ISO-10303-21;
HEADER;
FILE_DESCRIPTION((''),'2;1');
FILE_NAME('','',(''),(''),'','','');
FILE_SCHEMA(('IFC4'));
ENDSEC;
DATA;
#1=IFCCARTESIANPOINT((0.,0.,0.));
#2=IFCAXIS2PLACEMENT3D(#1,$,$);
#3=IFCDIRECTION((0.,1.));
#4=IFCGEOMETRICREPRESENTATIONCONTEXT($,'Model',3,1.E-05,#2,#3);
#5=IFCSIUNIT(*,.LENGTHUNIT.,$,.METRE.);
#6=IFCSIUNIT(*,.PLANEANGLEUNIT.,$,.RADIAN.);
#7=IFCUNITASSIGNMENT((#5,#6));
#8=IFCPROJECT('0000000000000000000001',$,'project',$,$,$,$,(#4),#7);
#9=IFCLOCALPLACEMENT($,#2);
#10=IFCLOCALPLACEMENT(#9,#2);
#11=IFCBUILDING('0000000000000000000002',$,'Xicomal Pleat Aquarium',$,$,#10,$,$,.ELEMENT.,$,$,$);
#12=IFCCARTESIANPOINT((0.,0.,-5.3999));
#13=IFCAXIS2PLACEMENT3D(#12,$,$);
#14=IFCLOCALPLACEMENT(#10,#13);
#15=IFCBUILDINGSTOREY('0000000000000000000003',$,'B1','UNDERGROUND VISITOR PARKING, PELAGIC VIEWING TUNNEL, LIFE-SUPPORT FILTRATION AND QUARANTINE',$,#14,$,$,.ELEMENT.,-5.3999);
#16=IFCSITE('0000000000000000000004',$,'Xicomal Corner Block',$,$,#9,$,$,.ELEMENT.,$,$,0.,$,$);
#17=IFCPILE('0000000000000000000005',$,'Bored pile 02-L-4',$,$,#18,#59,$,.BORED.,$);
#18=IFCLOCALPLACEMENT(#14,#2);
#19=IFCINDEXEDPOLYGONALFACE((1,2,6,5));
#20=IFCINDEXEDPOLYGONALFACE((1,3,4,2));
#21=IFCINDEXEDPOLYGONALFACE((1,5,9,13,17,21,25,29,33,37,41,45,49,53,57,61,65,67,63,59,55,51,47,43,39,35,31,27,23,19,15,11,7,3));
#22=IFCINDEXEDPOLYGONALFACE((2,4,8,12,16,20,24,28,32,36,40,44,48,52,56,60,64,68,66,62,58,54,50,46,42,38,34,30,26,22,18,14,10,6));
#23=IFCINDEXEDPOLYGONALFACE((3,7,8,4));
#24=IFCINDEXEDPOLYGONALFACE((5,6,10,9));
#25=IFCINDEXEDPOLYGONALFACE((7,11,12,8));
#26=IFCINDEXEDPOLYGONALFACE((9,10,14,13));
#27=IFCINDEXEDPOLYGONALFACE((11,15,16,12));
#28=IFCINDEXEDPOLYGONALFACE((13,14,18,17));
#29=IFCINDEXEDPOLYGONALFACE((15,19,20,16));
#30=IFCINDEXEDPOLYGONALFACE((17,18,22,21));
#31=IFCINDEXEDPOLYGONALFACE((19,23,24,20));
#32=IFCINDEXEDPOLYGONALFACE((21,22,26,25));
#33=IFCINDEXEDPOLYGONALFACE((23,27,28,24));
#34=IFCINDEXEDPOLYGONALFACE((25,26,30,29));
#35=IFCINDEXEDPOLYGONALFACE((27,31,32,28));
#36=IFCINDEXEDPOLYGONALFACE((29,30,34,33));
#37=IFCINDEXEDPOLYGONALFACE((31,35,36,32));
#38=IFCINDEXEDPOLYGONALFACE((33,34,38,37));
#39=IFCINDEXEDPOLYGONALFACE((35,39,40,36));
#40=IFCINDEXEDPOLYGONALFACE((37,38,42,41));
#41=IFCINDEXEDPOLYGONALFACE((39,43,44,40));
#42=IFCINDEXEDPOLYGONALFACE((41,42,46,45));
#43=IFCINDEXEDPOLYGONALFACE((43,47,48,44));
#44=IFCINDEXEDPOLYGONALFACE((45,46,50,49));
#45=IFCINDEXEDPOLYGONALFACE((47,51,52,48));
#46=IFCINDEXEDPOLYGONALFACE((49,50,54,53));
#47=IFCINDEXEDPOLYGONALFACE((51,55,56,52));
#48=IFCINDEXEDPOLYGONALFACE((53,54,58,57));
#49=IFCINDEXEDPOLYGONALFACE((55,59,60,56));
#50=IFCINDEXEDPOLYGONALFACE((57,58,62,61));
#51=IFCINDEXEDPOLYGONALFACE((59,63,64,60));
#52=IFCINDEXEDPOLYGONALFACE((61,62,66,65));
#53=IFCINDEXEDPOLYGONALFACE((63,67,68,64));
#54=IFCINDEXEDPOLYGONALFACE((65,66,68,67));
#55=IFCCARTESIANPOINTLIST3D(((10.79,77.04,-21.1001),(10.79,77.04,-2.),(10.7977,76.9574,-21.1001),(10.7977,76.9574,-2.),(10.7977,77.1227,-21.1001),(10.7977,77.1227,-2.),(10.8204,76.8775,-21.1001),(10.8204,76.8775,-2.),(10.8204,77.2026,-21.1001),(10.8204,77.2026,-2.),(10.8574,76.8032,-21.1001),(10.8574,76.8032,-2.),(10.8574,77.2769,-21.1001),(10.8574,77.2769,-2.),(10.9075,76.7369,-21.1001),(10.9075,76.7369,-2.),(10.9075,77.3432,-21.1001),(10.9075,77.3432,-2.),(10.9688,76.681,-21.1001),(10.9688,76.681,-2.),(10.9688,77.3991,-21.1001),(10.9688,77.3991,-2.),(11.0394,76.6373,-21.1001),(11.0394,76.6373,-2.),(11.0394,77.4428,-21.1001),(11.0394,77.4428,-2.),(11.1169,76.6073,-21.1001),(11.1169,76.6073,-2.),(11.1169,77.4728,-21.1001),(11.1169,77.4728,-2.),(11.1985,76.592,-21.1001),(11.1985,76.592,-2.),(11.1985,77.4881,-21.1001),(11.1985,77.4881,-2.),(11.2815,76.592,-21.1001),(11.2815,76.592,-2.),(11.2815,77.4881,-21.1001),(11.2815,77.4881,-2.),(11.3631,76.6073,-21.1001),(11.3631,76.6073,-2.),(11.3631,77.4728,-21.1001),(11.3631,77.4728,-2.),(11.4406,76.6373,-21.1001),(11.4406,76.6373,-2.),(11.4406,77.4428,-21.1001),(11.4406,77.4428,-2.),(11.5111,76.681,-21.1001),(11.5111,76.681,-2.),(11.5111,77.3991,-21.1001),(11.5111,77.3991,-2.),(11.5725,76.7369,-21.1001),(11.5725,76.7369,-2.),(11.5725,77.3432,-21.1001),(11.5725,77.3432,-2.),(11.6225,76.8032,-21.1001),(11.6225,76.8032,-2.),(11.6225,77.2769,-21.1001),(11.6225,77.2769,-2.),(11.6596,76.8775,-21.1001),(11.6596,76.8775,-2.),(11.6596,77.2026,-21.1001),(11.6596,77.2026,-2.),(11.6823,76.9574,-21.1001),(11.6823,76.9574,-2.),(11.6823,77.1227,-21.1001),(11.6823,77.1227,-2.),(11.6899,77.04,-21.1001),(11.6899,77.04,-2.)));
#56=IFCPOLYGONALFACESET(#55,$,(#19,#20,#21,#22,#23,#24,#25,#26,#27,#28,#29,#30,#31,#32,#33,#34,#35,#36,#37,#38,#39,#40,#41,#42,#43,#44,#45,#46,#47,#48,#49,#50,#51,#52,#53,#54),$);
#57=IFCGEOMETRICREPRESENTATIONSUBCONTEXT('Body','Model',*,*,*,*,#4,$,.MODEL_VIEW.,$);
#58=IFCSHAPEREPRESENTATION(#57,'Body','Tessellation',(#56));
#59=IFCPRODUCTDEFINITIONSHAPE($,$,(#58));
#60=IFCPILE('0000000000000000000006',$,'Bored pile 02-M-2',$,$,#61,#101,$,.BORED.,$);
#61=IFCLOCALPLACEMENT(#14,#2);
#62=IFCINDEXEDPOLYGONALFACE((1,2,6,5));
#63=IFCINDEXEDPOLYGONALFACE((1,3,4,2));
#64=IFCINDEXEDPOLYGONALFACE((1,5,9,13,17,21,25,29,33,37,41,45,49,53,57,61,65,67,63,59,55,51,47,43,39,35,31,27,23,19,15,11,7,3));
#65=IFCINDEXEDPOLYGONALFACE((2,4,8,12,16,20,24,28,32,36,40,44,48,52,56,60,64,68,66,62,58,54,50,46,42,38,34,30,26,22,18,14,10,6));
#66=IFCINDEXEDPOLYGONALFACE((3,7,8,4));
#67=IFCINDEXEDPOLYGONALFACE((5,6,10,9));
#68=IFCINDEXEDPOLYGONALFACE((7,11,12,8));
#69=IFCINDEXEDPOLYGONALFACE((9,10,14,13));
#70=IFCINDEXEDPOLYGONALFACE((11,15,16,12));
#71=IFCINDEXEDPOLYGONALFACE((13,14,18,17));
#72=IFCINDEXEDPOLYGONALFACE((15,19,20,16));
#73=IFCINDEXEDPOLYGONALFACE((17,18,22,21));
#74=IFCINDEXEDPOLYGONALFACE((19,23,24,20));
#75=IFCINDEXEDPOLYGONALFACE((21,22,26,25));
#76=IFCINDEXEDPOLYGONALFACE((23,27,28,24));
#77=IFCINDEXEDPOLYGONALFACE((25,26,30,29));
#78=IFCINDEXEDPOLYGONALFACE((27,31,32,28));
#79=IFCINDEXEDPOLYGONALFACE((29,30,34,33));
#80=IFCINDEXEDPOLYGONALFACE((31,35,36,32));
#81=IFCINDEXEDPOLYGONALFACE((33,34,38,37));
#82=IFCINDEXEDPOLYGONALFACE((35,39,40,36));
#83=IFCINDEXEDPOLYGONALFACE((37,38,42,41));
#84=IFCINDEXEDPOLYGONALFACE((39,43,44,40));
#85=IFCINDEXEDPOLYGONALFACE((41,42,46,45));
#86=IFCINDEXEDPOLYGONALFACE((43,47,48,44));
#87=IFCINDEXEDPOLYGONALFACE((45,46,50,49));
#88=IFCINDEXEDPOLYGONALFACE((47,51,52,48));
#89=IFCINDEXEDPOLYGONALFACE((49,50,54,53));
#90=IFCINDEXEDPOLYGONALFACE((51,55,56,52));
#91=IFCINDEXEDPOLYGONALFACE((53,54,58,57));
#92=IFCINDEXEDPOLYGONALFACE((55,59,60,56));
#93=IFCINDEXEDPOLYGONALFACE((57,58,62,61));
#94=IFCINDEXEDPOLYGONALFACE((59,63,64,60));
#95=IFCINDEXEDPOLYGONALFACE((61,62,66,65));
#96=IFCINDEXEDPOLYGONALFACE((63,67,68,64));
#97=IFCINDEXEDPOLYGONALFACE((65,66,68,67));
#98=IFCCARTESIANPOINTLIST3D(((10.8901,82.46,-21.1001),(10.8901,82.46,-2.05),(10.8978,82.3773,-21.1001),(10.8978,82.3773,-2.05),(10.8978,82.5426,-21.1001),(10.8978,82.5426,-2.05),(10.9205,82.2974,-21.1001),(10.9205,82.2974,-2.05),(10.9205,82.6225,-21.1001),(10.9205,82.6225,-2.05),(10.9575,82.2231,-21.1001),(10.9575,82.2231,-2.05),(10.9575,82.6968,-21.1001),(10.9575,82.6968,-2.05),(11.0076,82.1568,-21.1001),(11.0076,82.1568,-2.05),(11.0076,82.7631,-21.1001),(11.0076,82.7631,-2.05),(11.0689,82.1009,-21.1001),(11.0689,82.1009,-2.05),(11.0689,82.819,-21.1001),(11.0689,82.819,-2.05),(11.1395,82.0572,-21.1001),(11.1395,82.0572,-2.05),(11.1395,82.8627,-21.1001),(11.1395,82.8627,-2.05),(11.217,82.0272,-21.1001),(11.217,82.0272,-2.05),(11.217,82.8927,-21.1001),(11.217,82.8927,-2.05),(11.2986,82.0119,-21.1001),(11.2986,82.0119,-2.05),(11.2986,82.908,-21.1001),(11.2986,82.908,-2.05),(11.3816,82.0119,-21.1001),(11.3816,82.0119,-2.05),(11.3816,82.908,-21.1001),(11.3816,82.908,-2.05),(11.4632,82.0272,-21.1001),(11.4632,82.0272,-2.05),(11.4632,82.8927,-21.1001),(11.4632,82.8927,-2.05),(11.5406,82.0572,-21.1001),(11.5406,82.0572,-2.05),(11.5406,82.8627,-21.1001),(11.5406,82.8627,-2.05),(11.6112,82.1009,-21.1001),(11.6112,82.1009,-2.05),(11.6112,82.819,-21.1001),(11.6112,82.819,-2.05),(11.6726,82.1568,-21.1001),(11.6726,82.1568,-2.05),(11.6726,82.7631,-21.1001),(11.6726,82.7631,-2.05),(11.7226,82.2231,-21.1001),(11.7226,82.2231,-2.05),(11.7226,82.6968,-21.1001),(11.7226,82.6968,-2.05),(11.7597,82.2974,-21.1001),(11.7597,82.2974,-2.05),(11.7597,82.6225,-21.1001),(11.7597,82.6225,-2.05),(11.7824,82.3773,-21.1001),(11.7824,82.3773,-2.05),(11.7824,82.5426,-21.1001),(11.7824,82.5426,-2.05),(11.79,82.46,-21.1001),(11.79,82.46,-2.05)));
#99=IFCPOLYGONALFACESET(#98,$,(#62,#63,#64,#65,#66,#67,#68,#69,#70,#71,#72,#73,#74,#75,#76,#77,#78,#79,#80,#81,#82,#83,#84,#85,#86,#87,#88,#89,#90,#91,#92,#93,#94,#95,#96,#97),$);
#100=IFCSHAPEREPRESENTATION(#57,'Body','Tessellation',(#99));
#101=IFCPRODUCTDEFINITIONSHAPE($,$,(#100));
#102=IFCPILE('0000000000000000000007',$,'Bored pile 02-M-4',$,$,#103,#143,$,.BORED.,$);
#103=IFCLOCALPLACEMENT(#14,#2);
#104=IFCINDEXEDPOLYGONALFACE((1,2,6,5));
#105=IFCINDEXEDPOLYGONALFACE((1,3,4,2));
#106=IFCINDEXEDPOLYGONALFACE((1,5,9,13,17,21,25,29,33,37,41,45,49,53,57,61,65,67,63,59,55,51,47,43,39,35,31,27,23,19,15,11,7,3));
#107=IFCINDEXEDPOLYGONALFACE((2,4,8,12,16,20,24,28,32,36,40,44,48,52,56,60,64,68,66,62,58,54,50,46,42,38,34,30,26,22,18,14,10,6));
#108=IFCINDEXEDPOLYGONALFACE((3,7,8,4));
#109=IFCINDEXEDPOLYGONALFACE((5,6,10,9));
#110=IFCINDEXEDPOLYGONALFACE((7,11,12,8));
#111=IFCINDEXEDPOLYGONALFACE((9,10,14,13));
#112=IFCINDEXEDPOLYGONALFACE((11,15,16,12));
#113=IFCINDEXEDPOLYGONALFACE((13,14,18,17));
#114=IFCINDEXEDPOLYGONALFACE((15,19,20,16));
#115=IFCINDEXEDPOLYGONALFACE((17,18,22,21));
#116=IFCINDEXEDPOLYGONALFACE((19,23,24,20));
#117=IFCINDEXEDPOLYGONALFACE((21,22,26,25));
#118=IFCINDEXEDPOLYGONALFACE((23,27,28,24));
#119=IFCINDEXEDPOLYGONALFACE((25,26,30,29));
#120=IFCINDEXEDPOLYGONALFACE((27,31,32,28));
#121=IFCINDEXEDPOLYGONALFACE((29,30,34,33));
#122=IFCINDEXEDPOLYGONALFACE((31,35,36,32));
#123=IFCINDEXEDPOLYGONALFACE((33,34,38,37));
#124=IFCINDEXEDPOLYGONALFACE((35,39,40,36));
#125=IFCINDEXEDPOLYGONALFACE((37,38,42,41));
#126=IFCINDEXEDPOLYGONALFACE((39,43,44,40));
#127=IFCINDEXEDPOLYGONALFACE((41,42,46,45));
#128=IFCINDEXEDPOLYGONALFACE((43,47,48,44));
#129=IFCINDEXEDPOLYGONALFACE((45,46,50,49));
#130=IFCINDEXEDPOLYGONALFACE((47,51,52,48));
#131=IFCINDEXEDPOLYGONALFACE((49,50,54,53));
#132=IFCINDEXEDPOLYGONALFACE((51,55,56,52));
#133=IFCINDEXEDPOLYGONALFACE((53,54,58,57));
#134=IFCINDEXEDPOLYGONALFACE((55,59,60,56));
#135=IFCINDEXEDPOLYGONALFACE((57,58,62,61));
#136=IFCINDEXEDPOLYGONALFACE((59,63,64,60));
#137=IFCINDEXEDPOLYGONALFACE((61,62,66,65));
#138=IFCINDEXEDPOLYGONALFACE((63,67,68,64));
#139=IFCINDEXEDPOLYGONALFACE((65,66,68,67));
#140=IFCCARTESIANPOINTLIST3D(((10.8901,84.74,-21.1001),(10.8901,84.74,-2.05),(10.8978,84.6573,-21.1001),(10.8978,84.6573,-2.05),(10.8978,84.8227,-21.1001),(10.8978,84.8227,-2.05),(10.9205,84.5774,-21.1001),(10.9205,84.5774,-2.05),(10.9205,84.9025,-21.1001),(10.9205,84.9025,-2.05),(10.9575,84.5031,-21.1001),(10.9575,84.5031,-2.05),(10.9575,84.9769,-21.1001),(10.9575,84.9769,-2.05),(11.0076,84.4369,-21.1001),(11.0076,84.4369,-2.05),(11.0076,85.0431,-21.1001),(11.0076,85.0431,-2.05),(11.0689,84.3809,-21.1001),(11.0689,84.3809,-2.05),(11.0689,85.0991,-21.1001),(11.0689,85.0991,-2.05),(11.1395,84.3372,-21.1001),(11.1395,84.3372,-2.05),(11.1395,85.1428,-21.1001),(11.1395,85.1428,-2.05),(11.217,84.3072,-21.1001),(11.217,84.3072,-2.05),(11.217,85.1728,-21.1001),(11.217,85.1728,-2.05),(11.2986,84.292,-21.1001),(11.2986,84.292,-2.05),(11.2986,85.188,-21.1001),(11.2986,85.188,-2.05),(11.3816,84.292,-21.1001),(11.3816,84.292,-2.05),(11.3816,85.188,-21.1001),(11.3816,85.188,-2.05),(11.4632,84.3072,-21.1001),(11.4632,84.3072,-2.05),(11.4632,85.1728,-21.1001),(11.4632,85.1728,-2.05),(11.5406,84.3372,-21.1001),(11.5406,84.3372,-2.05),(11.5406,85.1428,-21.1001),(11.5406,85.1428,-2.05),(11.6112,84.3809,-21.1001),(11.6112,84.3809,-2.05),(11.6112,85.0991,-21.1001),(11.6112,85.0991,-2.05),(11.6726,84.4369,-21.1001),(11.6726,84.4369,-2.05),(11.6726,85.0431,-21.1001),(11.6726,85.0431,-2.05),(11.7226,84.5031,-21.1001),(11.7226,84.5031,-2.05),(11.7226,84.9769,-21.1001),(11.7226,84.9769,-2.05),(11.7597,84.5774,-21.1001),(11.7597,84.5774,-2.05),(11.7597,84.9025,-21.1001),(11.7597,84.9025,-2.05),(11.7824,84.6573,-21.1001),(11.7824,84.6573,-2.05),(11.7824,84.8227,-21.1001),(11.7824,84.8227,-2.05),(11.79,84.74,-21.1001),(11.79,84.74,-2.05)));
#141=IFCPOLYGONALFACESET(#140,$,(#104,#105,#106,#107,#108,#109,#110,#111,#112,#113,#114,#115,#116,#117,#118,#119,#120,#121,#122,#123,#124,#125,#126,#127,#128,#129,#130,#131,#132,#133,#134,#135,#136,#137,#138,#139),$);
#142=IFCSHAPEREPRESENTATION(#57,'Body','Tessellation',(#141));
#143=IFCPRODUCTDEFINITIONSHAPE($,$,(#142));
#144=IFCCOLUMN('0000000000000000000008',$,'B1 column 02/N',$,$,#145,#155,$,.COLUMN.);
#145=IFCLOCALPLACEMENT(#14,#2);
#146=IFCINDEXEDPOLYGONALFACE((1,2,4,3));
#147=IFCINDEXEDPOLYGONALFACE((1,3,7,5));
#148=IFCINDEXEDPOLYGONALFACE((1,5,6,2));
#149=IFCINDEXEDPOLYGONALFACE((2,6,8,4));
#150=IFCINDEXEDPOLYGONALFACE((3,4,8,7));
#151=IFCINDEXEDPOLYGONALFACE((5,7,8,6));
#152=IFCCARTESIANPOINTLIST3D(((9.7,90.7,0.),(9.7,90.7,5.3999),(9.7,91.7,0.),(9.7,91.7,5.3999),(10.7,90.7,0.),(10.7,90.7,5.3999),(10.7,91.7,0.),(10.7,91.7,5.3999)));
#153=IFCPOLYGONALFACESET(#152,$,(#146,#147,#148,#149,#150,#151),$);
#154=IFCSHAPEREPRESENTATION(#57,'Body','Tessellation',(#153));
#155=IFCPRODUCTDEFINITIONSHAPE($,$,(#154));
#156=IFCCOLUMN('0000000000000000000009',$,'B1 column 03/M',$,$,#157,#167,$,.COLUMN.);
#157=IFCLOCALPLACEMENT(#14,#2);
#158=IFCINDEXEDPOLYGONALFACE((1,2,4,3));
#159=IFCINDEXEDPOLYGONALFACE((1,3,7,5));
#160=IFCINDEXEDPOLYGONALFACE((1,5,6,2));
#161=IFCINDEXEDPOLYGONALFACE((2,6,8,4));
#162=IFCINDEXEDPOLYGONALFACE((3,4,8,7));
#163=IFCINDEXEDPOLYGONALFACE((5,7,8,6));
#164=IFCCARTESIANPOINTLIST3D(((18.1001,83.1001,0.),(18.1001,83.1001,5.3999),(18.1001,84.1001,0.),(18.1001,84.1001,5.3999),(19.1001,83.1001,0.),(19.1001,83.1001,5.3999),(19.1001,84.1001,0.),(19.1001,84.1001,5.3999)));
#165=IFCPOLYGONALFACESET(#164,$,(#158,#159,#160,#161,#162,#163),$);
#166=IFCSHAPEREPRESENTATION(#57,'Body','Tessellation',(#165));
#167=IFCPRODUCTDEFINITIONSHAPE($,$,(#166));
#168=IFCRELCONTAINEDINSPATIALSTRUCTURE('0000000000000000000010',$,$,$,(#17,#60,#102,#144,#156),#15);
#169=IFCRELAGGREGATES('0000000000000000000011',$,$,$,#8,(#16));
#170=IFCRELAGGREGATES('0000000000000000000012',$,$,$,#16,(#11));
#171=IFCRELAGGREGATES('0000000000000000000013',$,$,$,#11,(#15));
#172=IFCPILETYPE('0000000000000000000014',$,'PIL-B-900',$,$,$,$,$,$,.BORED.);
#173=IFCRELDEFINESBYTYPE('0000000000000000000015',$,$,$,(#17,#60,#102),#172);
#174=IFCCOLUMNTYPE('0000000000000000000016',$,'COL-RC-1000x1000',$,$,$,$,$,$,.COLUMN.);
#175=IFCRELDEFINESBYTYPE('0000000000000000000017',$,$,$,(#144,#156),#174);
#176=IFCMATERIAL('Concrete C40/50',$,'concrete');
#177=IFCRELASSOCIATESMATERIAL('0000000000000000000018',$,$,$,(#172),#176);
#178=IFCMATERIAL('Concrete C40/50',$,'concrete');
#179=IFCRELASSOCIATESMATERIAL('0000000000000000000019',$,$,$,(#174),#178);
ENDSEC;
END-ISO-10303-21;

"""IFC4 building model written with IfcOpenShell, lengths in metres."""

from ifc_helpers import new_model, si_unit, direction, frame, origin, origin_2d, place, context, subcontext, project, spatial, rectangle, circle, extrude, material, material_profile, profile_set, type_object, element, save


model = new_model("IFC4")

# Units and contexts
model_context = context("Model", 3, precision=1e-05, world=origin(), true_north=direction((0.0, 1.0)))
body_context = subcontext(model_context, "Body", "Model", "MODEL_VIEW")
ifc_project = project(units=[si_unit("LENGTHUNIT", "METRE"), si_unit("PLANEANGLEUNIT", "RADIAN")], contexts=[model_context])

# Site, building, storey
site_placement = place(None, origin())
site = spatial("IfcSite", under=ifc_project, at=site_placement, Name="Xicomal Corner Block", CompositionType="ELEMENT", RefElevation=0.0)
building_placement = place(site_placement, origin())
building = spatial("IfcBuilding", under=site, at=building_placement, Name="Xicomal Pleat Aquarium", CompositionType="ELEMENT")
storey_placement = place(building_placement, frame((0.0, 0.0, -5.3999)))
storey = spatial("IfcBuildingStorey", under=building, at=storey_placement, Name="B1", Description="UNDERGROUND VISITOR PARKING, PELAGIC VIEWING TUNNEL, LIFE-SUPPORT FILTRATION AND QUARANTINE", CompositionType="ELEMENT", Elevation=-5.3999)

# Piles
ifc_material_1 = material(Name="Concrete C40/50", Category="concrete")
ifc_material_profile_1 = material_profile(ifc_material_1, circle(Radius=0.45, at=origin_2d()), Name="BORED PILE D900")
ifc_profile_set_1 = profile_set([ifc_material_profile_1], Name="Concrete C40/50")
pile_type_1 = type_object("IfcPileType", Name="PIL-B-900", PredefinedType="BORED", material=ifc_profile_set_1)
pile_1_placement = place(storey_placement, frame((11.24, 77.04, -2.0), z_axis=(0.0, 0.0, -1.0), x_axis=(1.0, 0.0, 0.0)))
element("IfcPile", 1, at=pile_1_placement, inside=storey, type_object=pile_type_1, Name="Bored pile 02-L-4", PredefinedType="BORED", context=body_context, shape_type="SweptSolid", body=[
    extrude(circle(Radius=0.45, at=origin_2d()), origin(), (0.0, 0.0, 1.0), 19.1001),
])
for number, where, z_axis, x_axis, name in (
    (2, (11.3401, 82.46, -2.05), (0.0, 0.0, -1.0), (1.0, 0.0, 0.0), "Bored pile 02-M-2"),
    (3, (11.3401, 84.74, -2.05), (0.0, 0.0, -1.0), (1.0, 0.0, 0.0), "Bored pile 02-M-4"),
):
    element("IfcPile", number, at=place(storey_placement, frame(where, z_axis=z_axis, x_axis=x_axis)), inside=storey, type_object=pile_type_1, Name=name, PredefinedType="BORED", context=body_context, shape_type="SweptSolid", body=[
        extrude(circle(Radius=0.45, at=origin_2d()), origin(), (0.0, 0.0, 1.0), 19.05),
    ])

# Columns
ifc_material_2 = material(Name="Concrete C40/50", Category="concrete")
ifc_material_profile_2 = material_profile(ifc_material_2, rectangle(XDim=1.0, YDim=1.0, at=origin_2d()), Name="RC 1000x1000")
ifc_profile_set_2 = profile_set([ifc_material_profile_2], Name="Concrete C40/50")
column_type_1 = type_object("IfcColumnType", Name="COL-RC-1000x1000", PredefinedType="COLUMN", material=ifc_profile_set_2)
for number, where, z_axis, x_axis, name in (
    (4, (10.2, 91.2, 0.0), (0.0, 0.0, 1.0), (1.0, 0.0, 0.0), "B1 column 02/N"),
    (5, (18.6001, 83.6001, 0.0), (0.0, 0.0, 1.0), (1.0, 0.0, 0.0), "B1 column 03/M"),
):
    element("IfcColumn", number, at=place(storey_placement, frame(where, z_axis=z_axis, x_axis=x_axis)), inside=storey, type_object=column_type_1, Name=name, PredefinedType="COLUMN", context=body_context, shape_type="SweptSolid", body=[
        extrude(rectangle(XDim=1.0, YDim=1.0, at=origin_2d()), origin(), (0.0, 0.0, 1.0), 5.3999),
    ])

save(model, "model.ifc")
